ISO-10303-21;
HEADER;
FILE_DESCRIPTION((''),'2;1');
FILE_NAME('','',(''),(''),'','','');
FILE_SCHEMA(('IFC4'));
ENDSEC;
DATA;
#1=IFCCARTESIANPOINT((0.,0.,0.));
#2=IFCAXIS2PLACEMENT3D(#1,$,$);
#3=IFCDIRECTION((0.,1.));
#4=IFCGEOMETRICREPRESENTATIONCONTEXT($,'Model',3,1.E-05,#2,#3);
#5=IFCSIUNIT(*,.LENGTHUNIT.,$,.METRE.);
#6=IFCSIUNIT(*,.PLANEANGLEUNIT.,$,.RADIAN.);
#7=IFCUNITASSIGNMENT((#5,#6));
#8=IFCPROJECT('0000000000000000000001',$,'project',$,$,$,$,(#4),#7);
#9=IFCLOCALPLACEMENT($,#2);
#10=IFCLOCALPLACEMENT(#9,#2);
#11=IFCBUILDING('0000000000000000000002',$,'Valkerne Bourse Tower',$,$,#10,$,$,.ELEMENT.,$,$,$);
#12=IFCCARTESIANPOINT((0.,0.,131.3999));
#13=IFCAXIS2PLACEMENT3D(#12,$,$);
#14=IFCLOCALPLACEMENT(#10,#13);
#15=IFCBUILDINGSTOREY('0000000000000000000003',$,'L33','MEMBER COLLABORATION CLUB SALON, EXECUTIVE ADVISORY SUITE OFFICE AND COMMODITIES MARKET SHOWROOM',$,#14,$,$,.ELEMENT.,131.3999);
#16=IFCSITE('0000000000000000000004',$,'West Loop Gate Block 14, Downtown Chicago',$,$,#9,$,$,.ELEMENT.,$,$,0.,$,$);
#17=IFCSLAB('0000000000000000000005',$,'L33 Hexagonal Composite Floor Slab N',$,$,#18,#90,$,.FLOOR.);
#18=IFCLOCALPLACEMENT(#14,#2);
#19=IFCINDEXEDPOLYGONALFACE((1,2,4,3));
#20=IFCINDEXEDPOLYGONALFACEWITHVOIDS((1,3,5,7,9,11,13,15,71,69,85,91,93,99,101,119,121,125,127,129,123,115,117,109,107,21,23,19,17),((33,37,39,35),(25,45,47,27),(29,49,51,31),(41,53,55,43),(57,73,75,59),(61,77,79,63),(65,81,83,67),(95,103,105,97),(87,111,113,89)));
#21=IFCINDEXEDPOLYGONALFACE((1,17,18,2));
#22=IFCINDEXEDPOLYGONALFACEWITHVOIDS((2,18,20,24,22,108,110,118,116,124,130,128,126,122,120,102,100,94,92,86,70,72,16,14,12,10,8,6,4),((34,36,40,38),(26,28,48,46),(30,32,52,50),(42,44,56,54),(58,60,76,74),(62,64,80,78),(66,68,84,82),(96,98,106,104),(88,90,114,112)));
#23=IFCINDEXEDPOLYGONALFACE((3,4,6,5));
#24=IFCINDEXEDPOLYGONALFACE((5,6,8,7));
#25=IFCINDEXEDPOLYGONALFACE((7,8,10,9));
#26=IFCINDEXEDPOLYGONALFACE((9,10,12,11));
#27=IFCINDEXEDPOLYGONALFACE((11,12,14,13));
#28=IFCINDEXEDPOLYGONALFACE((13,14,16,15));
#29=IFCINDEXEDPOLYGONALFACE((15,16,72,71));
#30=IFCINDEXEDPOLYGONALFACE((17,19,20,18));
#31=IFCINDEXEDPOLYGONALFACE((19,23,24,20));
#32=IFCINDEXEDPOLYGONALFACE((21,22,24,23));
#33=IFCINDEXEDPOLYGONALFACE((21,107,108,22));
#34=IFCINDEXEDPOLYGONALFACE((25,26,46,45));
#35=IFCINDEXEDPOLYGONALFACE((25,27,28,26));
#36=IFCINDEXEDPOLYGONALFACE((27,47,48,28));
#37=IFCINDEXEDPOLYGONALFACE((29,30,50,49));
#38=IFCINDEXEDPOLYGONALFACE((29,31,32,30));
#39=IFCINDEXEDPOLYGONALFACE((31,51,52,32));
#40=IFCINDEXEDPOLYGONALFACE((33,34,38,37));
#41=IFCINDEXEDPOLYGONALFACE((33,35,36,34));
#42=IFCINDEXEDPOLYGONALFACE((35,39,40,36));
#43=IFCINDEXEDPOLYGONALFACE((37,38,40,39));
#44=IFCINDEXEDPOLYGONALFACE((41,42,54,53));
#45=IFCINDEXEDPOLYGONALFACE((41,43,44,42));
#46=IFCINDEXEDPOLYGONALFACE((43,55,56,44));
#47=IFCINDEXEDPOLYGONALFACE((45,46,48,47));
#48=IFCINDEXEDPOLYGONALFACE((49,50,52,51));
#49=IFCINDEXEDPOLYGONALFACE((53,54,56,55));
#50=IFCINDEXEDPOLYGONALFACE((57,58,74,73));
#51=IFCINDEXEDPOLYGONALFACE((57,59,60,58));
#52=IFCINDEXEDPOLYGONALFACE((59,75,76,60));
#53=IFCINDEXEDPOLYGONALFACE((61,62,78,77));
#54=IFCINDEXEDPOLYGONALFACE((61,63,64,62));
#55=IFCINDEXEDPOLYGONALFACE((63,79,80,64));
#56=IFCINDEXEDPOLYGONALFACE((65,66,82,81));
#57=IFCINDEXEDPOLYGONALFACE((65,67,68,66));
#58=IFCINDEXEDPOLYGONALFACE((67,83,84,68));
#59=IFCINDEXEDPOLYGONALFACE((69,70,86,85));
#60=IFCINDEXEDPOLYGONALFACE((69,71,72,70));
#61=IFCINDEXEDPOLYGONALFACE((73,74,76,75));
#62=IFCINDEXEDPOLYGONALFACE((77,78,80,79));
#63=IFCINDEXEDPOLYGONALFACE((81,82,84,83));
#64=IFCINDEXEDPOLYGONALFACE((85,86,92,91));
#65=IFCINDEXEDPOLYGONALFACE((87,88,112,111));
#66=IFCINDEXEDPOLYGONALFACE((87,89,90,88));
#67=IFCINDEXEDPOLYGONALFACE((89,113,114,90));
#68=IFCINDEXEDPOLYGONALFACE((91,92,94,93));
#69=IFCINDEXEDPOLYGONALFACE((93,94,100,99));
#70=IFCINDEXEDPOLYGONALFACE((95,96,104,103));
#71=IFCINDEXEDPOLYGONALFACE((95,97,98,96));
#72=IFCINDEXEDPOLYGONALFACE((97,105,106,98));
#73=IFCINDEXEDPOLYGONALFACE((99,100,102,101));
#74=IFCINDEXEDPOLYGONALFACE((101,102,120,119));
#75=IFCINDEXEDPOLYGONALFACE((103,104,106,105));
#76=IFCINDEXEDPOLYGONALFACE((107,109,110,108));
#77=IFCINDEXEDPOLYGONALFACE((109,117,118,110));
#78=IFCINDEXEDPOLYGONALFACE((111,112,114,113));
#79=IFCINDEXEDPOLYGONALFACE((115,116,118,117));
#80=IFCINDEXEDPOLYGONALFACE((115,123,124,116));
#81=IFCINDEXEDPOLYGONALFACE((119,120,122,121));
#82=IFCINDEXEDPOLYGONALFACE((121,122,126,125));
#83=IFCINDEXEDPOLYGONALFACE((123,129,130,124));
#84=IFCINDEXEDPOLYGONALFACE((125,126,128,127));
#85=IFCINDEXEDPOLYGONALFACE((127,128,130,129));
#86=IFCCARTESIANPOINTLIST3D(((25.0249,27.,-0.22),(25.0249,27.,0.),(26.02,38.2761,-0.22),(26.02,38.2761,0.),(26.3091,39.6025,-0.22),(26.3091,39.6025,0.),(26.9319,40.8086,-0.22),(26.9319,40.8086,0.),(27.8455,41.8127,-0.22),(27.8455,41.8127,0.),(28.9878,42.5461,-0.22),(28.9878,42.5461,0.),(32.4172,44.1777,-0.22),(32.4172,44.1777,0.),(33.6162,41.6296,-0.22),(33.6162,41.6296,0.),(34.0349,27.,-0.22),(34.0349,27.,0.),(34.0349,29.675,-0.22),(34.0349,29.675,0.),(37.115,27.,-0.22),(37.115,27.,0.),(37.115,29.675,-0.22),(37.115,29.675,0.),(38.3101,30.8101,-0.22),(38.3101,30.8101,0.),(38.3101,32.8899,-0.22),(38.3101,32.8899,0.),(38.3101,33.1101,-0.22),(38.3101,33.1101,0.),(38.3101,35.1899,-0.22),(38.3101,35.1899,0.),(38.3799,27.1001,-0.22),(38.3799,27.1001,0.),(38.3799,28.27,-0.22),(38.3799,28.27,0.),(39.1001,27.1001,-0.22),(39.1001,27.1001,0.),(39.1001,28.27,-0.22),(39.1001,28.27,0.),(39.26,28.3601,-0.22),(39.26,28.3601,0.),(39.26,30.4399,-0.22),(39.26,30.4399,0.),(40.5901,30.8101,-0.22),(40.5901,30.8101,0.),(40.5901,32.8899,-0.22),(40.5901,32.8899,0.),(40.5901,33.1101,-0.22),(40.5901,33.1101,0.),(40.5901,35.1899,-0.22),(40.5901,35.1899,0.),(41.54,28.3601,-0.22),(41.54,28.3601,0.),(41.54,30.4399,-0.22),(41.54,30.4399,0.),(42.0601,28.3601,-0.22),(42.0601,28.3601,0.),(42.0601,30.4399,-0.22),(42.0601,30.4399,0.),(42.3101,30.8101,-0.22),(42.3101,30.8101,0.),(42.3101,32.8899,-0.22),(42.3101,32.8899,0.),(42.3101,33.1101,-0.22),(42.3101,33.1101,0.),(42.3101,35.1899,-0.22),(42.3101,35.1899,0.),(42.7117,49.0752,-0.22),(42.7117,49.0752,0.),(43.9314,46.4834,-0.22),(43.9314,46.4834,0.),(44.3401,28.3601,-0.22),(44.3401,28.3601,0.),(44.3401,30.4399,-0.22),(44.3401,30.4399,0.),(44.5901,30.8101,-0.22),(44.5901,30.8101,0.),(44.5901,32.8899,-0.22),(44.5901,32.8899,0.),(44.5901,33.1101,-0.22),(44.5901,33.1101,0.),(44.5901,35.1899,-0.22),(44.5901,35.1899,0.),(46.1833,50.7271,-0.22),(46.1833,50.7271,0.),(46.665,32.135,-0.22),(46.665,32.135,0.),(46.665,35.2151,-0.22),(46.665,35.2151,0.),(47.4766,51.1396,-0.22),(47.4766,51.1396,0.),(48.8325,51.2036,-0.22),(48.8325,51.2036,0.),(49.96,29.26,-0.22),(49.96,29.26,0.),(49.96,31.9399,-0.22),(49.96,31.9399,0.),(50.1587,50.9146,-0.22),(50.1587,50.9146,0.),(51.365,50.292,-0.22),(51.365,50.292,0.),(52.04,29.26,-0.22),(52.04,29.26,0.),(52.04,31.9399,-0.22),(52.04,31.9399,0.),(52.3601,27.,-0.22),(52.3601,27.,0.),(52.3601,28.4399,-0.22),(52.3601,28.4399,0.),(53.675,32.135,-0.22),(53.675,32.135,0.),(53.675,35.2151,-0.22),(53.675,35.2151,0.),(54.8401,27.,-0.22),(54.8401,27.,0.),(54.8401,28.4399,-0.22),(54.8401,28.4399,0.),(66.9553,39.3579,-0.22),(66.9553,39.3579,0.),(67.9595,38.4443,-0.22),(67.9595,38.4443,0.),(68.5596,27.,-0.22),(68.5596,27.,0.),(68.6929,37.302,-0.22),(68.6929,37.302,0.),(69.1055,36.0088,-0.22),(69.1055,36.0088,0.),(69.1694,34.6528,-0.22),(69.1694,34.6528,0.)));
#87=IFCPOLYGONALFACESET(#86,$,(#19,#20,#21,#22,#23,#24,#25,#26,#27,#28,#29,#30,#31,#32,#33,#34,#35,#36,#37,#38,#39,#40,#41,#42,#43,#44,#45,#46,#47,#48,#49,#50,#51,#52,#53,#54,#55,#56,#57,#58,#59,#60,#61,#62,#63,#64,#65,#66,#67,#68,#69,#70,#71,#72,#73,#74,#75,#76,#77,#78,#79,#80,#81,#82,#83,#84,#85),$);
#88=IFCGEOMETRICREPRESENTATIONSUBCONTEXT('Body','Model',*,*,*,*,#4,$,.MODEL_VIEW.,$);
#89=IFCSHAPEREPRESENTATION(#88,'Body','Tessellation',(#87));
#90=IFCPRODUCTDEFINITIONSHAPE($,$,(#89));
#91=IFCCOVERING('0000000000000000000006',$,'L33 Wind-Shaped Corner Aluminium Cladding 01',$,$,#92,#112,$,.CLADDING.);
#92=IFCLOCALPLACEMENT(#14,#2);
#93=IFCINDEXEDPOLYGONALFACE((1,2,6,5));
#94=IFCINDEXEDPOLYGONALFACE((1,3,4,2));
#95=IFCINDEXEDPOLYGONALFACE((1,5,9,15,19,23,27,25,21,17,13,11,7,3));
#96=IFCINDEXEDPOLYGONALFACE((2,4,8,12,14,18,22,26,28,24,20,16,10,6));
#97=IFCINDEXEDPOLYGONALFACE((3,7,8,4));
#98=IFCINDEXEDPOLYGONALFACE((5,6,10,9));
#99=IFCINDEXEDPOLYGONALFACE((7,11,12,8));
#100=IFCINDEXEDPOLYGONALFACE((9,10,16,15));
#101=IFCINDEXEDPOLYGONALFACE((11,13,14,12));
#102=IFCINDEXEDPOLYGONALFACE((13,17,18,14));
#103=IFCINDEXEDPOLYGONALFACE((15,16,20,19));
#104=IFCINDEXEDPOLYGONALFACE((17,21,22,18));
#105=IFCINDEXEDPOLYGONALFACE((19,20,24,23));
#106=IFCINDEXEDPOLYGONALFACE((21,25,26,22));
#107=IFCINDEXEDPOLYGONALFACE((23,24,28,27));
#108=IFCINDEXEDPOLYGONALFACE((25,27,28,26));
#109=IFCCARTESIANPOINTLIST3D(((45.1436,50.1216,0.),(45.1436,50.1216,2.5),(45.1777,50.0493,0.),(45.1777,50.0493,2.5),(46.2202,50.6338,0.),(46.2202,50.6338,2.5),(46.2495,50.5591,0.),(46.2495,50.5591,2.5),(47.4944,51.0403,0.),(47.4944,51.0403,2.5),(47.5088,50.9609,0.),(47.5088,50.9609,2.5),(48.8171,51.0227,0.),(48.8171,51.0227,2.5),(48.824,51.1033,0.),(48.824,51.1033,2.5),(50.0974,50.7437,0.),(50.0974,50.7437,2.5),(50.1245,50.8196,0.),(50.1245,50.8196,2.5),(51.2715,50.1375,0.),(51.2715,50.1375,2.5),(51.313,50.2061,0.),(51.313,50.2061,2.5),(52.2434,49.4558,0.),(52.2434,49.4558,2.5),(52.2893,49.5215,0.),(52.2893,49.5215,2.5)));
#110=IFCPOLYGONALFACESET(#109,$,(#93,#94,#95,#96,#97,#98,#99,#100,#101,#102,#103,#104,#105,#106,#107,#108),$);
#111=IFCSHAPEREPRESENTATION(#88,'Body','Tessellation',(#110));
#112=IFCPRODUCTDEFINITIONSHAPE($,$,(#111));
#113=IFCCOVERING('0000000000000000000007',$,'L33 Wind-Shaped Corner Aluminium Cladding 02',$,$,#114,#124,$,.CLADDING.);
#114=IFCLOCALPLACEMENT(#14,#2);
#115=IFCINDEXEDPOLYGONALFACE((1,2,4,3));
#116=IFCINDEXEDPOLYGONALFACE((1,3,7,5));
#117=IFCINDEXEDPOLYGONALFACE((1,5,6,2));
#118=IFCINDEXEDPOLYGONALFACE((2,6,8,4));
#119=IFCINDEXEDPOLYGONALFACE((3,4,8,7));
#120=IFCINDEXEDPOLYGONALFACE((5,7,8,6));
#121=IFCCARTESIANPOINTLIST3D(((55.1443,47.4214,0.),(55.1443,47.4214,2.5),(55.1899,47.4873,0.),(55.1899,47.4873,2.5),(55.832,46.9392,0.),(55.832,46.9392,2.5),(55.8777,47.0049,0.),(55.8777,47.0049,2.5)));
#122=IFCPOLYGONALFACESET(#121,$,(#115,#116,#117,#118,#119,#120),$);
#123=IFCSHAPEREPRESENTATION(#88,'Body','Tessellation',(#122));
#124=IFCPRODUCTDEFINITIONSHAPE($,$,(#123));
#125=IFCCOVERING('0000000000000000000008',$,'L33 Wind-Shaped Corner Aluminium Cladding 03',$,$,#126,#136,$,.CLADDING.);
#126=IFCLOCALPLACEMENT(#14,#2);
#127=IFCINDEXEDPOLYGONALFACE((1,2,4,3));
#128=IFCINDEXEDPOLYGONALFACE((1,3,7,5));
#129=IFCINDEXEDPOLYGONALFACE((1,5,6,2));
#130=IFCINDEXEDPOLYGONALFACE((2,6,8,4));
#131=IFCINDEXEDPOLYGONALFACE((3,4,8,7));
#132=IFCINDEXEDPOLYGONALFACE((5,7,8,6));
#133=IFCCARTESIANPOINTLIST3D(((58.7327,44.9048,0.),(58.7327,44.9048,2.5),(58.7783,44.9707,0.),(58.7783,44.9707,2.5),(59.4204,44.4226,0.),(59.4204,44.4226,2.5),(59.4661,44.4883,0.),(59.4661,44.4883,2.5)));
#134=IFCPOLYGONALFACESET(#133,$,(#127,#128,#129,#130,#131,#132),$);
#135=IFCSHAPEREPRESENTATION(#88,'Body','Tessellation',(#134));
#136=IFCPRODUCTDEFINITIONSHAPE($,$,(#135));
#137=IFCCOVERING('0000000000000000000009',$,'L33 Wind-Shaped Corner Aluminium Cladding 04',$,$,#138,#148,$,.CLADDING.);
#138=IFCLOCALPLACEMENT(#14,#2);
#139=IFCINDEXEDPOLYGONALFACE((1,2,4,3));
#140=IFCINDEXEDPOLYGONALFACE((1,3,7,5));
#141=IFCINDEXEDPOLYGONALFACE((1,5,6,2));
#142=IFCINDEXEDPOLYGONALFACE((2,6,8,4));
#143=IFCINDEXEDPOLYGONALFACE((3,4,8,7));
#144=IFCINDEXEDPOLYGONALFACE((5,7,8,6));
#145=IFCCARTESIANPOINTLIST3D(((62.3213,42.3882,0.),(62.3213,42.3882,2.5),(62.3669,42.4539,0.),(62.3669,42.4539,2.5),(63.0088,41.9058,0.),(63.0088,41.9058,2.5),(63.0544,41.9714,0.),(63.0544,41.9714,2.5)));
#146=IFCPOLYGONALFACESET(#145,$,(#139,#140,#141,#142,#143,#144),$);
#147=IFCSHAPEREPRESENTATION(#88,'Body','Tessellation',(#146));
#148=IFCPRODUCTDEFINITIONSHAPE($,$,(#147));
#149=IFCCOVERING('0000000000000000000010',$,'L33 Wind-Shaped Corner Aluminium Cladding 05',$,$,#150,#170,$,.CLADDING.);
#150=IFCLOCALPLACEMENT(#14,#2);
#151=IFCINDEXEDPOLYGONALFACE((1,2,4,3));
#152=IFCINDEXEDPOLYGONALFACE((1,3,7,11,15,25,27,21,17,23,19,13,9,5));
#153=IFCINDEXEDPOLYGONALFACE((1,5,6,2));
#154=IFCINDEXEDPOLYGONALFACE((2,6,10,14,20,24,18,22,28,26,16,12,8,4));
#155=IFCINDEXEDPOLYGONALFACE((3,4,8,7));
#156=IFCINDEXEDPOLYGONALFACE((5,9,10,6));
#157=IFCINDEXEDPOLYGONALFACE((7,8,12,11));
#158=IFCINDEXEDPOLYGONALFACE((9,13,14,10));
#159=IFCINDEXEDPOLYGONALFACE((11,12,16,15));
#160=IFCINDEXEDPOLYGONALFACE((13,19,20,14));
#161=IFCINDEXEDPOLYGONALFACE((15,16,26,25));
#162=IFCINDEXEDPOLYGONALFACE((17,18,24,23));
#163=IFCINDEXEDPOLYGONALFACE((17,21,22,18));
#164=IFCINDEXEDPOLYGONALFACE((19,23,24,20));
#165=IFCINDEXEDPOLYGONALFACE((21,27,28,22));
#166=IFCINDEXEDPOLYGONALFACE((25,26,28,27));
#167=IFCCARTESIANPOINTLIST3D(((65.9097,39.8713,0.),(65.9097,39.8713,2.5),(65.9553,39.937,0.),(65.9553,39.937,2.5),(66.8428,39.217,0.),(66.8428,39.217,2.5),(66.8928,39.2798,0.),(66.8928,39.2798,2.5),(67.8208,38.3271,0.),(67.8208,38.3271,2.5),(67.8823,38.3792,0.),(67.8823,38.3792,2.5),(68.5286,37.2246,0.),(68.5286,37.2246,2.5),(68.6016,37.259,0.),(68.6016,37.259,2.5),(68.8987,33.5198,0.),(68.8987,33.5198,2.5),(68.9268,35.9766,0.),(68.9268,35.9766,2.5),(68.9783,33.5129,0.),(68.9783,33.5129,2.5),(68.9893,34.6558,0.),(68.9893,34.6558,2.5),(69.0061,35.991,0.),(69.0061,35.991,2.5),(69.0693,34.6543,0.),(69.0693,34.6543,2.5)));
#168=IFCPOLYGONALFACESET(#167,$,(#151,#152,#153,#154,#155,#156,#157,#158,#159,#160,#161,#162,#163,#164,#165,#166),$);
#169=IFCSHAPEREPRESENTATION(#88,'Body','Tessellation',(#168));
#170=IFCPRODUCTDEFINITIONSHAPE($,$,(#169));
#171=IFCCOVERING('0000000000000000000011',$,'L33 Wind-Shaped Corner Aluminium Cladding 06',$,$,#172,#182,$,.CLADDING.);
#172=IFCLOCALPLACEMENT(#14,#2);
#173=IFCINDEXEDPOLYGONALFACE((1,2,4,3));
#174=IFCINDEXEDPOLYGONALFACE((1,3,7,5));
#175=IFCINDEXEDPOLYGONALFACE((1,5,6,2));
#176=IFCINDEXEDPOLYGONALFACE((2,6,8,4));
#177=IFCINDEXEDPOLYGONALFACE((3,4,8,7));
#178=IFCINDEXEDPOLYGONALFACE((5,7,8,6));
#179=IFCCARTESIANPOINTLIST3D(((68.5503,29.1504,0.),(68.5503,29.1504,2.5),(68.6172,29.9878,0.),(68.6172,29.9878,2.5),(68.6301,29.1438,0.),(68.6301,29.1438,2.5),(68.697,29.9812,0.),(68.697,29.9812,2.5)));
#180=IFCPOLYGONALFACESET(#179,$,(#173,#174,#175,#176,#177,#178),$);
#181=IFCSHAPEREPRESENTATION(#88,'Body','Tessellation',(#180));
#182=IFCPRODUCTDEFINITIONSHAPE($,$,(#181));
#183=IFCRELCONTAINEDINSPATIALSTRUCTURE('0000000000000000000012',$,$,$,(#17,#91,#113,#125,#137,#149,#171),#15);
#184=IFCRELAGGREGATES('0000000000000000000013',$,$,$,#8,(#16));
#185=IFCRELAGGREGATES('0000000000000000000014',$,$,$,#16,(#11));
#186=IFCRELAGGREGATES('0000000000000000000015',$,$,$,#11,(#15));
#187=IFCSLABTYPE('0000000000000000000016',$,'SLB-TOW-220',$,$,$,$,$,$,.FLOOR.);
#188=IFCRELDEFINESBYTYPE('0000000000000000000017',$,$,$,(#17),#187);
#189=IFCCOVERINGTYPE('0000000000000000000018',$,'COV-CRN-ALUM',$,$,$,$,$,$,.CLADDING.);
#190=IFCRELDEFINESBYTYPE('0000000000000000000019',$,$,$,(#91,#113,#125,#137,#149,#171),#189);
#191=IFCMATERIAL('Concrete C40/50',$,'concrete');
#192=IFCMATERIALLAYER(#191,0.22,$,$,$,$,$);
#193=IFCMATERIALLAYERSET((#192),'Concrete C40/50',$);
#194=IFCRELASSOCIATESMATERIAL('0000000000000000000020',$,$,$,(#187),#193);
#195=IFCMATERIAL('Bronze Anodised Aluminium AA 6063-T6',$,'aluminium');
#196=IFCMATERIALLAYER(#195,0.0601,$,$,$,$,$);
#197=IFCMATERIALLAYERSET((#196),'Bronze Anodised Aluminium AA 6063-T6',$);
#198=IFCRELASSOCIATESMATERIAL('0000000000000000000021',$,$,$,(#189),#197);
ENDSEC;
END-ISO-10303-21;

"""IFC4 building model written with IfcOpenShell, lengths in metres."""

from ifc_helpers import new_model, si_unit, direction, frame, origin, place, context, subcontext, project, spatial, polyline, outline, extrude, material, layer, layer_set, type_object, element, save


model = new_model("IFC4")

# Units and contexts
model_context = context("Model", 3, precision=1e-05, world=origin(), true_north=direction((0.0, 1.0)))
body_context = subcontext(model_context, "Body", "Model", "MODEL_VIEW")
ifc_project = project(units=[si_unit("LENGTHUNIT", "METRE"), si_unit("PLANEANGLEUNIT", "RADIAN")], contexts=[model_context])

# Site, building, storey
site_placement = place(None, origin())
site = spatial("IfcSite", under=ifc_project, at=site_placement, Name="West Loop Gate Block 14, Downtown Chicago", CompositionType="ELEMENT", RefElevation=0.0)
building_placement = place(site_placement, origin())
building = spatial("IfcBuilding", under=site, at=building_placement, Name="Valkerne Bourse Tower", CompositionType="ELEMENT")
storey_placement = place(building_placement, frame((0.0, 0.0, 131.3999)))
storey = spatial("IfcBuildingStorey", under=building, at=storey_placement, Name="L33", Description="MEMBER COLLABORATION CLUB SALON, EXECUTIVE ADVISORY SUITE OFFICE AND COMMODITIES MARKET SHOWROOM", CompositionType="ELEMENT", Elevation=131.3999)

# Slab
ifc_material_1 = material(Name="Concrete C40/50", Category="concrete")
ifc_layer_1 = layer(ifc_material_1, 0.22)
ifc_layer_set_1 = layer_set([ifc_layer_1], Name="Concrete C40/50")
slab_type_1 = type_object("IfcSlabType", Name="SLB-TOW-220", PredefinedType="FLOOR", material=ifc_layer_set_1)
slab_1_placement = place(storey_placement, frame((0.0, 0.0, -0.22)))
element("IfcSlab", 1, at=slab_1_placement, inside=storey, type_object=slab_type_1, Name="L33 Hexagonal Composite Floor Slab N", PredefinedType="FLOOR", context=body_context, shape_type="SweptSolid", body=[
    extrude(outline(polyline([(48.8325, 51.2036), (50.1587, 50.9146), (51.365, 50.292), (66.9553, 39.3579), (67.9595, 38.4443), (68.6929, 37.302), (69.1055, 36.0088), (69.1694, 34.6528), (68.5596, 27.0), (54.8401, 27.0), (54.8401, 28.4399), (52.3601, 28.4399), (52.3601, 27.0), (37.115, 27.0), (37.115, 29.675), (34.0349, 29.675), (34.0349, 27.0), (25.0249, 27.0), (26.02, 38.2761), (26.3091, 39.6025), (26.9319, 40.8086), (27.8455, 41.8127), (28.9878, 42.5461), (32.4172, 44.1777), (33.6162, 41.6296), (43.9314, 46.4834), (42.7117, 49.0752), (46.1833, 50.7271), (47.4766, 51.1396), (48.8325, 51.2036)]), holes=[polyline([(39.1001, 28.27), (38.3799, 28.27), (38.3799, 27.1001), (39.1001, 27.1001), (39.1001, 28.27)]), polyline([(41.54, 30.4399), (39.26, 30.4399), (39.26, 28.3601), (41.54, 28.3601), (41.54, 30.4399)]), polyline([(44.3401, 30.4399), (42.0601, 30.4399), (42.0601, 28.3601), (44.3401, 28.3601), (44.3401, 30.4399)]), polyline([(40.5901, 30.8101), (40.5901, 32.8899), (38.3101, 32.8899), (38.3101, 30.8101), (40.5901, 30.8101)]), polyline([(40.5901, 33.1101), (40.5901, 35.1899), (38.3101, 35.1899), (38.3101, 33.1101), (40.5901, 33.1101)]), polyline([(52.04, 31.9399), (49.96, 31.9399), (49.96, 29.26), (52.04, 29.26), (52.04, 31.9399)]), polyline([(44.5901, 32.8899), (42.3101, 32.8899), (42.3101, 30.8101), (44.5901, 30.8101), (44.5901, 32.8899)]), polyline([(53.675, 32.135), (53.675, 35.2151), (46.665, 35.2151), (46.665, 32.135), (53.675, 32.135)]), polyline([(44.5901, 33.1101), (44.5901, 35.1899), (42.3101, 35.1899), (42.3101, 33.1101), (44.5901, 33.1101)])]), origin(), (0.0, 0.0, 1.0), 0.22),
])

# Coverings
ifc_material_2 = material(Name="Bronze Anodised Aluminium AA 6063-T6", Category="aluminium")
ifc_layer_2 = layer(ifc_material_2, 0.0601)
ifc_layer_set_2 = layer_set([ifc_layer_2], Name="Bronze Anodised Aluminium AA 6063-T6")
covering_type = type_object("IfcCoveringType", Name="COV-CRN-ALUM", PredefinedType="CLADDING", material=ifc_layer_set_2)
covering_1_placement = place(storey_placement, origin())
element("IfcCovering", 2, at=covering_1_placement, inside=storey, type_object=covering_type, Name="L33 Wind-Shaped Corner Aluminium Cladding 01", PredefinedType="CLADDING", context=body_context, shape_type="SweptSolid", body=[
    extrude(outline(polyline([(48.824, 51.1033), (50.1245, 50.8196), (51.313, 50.2061), (52.2893, 49.5215), (52.2434, 49.4558), (51.2715, 50.1375), (50.0974, 50.7437), (48.8171, 51.0227), (47.5088, 50.9609), (46.2495, 50.5591), (45.1777, 50.0493), (45.1436, 50.1216), (46.2202, 50.6338), (47.4944, 51.0403), (48.824, 51.1033)])), origin(), (0.0, 0.0, 1.0), 2.5),
])
covering_2_placement = place(storey_placement, origin())
element("IfcCovering", 3, at=covering_2_placement, inside=storey, type_object=covering_type, Name="L33 Wind-Shaped Corner Aluminium Cladding 02", PredefinedType="CLADDING", context=body_context, shape_type="SweptSolid", body=[
    extrude(outline(polyline([(55.8777, 47.0049), (55.832, 46.9392), (55.1443, 47.4214), (55.1899, 47.4873), (55.8777, 47.0049)])), origin(), (0.0, 0.0, 1.0), 2.5),
])
covering_3_placement = place(storey_placement, origin())
element("IfcCovering", 4, at=covering_3_placement, inside=storey, type_object=covering_type, Name="L33 Wind-Shaped Corner Aluminium Cladding 03", PredefinedType="CLADDING", context=body_context, shape_type="SweptSolid", body=[
    extrude(outline(polyline([(59.4661, 44.4883), (59.4204, 44.4226), (58.7327, 44.9048), (58.7783, 44.9707), (59.4661, 44.4883)])), origin(), (0.0, 0.0, 1.0), 2.5),
])
covering_4_placement = place(storey_placement, origin())
element("IfcCovering", 5, at=covering_4_placement, inside=storey, type_object=covering_type, Name="L33 Wind-Shaped Corner Aluminium Cladding 04", PredefinedType="CLADDING", context=body_context, shape_type="SweptSolid", body=[
    extrude(outline(polyline([(63.0544, 41.9714), (63.0088, 41.9058), (62.3213, 42.3882), (62.3669, 42.4539), (63.0544, 41.9714)])), origin(), (0.0, 0.0, 1.0), 2.5),
])
covering_5_placement = place(storey_placement, origin())
element("IfcCovering", 6, at=covering_5_placement, inside=storey, type_object=covering_type, Name="L33 Wind-Shaped Corner Aluminium Cladding 05", PredefinedType="CLADDING", context=body_context, shape_type="SweptSolid", body=[
    extrude(outline(polyline([(66.8928, 39.2798), (67.8823, 38.3792), (68.6016, 37.259), (69.0061, 35.991), (69.0693, 34.6543), (68.9783, 33.5129), (68.8987, 33.5198), (68.9893, 34.6558), (68.9268, 35.9766), (68.5286, 37.2246), (67.8208, 38.3271), (66.8428, 39.217), (65.9097, 39.8713), (65.9553, 39.937), (66.8928, 39.2798)])), origin(), (0.0, 0.0, 1.0), 2.5),
])
covering_6_placement = place(storey_placement, origin())
element("IfcCovering", 7, at=covering_6_placement, inside=storey, type_object=covering_type, Name="L33 Wind-Shaped Corner Aluminium Cladding 06", PredefinedType="CLADDING", context=body_context, shape_type="SweptSolid", body=[
    extrude(outline(polyline([(68.6301, 29.1438), (68.5503, 29.1504), (68.6172, 29.9878), (68.697, 29.9812), (68.6301, 29.1438)])), origin(), (0.0, 0.0, 1.0), 2.5),
])

save(model, "model.ifc")
